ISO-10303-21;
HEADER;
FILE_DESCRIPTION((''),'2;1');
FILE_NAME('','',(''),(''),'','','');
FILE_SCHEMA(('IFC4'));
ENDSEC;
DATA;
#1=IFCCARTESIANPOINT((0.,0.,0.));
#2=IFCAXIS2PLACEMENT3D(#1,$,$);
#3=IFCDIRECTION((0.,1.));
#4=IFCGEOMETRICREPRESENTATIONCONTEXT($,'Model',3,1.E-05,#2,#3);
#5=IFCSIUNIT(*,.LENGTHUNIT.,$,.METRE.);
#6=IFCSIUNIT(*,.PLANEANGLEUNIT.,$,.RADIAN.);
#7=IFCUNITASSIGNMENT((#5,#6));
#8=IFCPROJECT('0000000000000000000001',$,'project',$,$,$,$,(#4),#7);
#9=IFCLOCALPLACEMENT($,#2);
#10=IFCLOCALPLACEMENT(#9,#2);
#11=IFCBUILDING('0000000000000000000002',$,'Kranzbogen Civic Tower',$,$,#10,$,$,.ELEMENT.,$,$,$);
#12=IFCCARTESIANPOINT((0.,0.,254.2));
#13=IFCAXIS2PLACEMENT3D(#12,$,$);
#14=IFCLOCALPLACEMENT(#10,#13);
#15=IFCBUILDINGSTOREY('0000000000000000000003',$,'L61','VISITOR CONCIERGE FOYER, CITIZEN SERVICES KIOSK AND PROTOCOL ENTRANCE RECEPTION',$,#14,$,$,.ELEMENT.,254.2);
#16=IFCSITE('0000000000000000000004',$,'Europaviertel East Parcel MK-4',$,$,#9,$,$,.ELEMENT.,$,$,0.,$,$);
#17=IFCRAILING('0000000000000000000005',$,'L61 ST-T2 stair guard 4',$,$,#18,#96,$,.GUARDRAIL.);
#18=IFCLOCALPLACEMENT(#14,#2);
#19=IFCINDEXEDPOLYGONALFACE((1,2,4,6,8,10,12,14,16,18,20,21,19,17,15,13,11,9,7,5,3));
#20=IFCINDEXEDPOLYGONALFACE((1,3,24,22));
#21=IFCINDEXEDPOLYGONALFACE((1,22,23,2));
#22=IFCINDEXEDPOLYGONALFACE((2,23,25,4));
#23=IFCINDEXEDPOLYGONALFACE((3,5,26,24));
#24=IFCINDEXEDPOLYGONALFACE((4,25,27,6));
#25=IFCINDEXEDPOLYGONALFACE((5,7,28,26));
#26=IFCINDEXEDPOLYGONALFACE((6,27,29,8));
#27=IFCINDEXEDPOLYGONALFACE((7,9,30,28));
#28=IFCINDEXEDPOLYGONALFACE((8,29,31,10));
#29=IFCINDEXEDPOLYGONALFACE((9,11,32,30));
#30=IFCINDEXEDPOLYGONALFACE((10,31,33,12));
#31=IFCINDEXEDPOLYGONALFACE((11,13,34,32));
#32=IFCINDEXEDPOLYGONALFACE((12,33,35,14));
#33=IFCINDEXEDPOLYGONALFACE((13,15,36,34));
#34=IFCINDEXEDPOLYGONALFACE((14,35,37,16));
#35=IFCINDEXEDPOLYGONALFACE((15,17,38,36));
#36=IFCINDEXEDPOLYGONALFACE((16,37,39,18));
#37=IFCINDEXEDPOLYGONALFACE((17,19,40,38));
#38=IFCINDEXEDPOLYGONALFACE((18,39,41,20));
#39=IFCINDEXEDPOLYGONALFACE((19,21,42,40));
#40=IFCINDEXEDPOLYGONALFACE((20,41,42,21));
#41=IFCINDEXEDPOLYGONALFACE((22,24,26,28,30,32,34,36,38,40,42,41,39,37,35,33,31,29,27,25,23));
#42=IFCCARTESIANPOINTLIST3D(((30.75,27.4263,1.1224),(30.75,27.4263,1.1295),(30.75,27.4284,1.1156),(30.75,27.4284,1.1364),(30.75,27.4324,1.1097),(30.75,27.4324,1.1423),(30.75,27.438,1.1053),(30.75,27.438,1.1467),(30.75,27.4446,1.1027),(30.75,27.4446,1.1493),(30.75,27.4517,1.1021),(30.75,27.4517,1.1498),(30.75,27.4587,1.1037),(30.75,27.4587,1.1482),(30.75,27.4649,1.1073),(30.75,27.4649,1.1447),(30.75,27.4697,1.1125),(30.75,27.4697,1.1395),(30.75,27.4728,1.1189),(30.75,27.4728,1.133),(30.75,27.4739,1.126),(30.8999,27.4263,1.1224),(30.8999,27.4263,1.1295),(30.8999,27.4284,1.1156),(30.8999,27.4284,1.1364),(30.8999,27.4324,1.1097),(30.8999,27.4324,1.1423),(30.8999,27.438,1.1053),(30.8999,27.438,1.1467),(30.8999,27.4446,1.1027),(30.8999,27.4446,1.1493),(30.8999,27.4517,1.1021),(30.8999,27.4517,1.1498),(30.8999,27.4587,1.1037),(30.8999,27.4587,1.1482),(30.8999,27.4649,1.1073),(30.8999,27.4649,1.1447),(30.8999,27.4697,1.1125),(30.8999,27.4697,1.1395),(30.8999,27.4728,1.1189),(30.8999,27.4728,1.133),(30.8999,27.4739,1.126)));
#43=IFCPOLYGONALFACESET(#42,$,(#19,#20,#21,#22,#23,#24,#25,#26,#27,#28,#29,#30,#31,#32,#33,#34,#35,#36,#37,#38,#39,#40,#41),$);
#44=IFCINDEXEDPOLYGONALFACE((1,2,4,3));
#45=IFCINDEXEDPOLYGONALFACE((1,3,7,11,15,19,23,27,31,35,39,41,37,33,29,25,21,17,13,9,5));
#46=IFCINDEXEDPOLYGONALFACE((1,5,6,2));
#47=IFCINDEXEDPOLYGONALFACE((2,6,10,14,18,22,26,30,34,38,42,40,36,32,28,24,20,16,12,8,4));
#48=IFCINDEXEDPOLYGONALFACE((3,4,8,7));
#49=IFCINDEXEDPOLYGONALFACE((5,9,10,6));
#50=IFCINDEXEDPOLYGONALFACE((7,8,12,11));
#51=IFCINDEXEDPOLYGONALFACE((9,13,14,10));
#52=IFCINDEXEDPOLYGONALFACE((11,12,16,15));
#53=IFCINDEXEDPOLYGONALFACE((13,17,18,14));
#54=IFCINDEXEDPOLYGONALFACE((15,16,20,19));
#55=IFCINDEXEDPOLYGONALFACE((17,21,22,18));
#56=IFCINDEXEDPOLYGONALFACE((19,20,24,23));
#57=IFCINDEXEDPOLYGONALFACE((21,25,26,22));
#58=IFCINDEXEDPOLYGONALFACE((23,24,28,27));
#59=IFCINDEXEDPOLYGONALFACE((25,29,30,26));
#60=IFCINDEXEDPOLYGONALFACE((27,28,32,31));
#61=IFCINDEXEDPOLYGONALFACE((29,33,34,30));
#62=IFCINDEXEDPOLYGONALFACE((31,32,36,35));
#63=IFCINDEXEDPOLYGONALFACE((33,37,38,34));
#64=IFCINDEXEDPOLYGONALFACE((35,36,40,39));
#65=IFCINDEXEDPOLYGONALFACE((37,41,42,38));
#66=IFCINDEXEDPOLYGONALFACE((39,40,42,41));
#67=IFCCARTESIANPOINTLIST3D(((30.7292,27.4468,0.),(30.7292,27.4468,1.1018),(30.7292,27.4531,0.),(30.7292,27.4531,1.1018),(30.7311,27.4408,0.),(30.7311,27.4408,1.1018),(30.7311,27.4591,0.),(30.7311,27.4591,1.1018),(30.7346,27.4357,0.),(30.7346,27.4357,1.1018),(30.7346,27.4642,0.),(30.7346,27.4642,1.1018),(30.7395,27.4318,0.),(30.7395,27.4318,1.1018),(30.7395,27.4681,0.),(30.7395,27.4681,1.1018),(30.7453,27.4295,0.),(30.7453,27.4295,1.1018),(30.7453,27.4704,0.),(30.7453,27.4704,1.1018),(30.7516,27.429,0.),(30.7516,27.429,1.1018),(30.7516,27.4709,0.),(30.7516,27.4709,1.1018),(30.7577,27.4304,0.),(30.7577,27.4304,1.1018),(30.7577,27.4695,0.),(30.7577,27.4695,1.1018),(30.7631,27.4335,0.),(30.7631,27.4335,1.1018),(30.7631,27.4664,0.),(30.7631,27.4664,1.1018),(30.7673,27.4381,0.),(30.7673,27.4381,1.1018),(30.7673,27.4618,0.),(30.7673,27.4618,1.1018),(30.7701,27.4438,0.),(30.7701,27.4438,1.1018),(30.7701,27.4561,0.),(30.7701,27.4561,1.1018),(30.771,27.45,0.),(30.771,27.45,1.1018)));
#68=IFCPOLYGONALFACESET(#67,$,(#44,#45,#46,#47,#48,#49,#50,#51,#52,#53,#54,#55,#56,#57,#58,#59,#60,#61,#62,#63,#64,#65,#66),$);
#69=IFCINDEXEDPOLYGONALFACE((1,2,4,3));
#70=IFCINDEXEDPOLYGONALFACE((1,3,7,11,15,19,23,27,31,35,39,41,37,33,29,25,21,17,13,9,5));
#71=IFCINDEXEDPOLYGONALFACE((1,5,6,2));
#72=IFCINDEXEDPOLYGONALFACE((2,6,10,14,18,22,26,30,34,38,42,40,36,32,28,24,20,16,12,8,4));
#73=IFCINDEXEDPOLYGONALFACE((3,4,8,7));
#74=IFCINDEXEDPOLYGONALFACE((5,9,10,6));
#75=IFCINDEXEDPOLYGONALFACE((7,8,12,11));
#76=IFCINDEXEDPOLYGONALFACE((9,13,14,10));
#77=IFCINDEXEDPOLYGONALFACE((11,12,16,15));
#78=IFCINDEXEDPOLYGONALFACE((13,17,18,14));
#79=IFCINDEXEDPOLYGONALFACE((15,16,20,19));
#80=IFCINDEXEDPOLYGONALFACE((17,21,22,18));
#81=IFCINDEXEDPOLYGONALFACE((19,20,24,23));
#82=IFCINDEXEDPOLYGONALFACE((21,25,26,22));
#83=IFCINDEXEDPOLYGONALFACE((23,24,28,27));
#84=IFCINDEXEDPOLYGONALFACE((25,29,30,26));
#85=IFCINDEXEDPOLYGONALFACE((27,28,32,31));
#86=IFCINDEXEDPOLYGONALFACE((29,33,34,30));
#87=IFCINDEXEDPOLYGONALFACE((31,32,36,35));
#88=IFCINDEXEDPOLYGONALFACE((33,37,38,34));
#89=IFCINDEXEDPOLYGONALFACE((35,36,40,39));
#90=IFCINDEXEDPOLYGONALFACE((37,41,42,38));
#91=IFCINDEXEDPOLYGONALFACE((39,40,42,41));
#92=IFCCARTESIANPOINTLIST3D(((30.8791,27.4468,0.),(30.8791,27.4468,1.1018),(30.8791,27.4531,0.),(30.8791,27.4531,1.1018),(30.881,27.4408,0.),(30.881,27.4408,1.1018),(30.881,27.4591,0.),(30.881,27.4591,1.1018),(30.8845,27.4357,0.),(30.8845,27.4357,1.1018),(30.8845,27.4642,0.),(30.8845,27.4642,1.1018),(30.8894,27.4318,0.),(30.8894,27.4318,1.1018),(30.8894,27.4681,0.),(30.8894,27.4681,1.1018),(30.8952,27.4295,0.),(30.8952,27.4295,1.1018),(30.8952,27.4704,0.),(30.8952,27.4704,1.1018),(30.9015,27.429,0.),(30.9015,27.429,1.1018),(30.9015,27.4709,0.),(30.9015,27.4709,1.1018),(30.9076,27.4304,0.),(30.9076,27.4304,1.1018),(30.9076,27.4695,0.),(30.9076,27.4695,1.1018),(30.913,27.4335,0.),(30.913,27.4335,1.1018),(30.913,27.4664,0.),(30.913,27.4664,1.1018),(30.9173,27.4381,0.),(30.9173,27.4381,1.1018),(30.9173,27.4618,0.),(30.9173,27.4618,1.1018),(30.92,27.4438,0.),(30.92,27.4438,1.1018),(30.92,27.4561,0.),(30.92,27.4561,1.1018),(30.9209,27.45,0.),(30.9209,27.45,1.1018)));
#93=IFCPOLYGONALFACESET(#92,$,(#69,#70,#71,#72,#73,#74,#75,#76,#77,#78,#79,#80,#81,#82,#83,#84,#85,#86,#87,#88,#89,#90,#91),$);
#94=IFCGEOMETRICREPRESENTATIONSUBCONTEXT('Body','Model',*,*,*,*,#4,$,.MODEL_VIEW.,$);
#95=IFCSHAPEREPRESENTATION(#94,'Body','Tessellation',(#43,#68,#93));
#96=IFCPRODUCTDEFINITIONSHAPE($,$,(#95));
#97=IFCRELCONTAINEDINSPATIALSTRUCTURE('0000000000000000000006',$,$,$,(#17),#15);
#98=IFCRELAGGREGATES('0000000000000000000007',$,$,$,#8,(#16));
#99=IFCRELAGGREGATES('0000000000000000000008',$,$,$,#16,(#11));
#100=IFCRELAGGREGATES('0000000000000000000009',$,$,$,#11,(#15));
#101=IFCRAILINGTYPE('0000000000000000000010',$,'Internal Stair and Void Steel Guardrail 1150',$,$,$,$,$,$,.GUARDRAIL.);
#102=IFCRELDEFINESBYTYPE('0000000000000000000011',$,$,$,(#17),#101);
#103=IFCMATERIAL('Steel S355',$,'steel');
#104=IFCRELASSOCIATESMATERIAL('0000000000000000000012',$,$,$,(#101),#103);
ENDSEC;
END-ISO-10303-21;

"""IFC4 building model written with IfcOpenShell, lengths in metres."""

from ifc_helpers import new_model, si_unit, direction, frame, origin, origin_2d, place, context, subcontext, project, spatial, circle, extrude, material, type_object, element, save


model = new_model("IFC4")

# Units and contexts
model_context = context("Model", 3, precision=1e-05, world=origin(), true_north=direction((0.0, 1.0)))
body_context = subcontext(model_context, "Body", "Model", "MODEL_VIEW")
ifc_project = project(units=[si_unit("LENGTHUNIT", "METRE"), si_unit("PLANEANGLEUNIT", "RADIAN")], contexts=[model_context])

# Site, building, storey
site_placement = place(None, origin())
site = spatial("IfcSite", under=ifc_project, at=site_placement, Name="Europaviertel East Parcel MK-4", CompositionType="ELEMENT", RefElevation=0.0)
building_placement = place(site_placement, origin())
building = spatial("IfcBuilding", under=site, at=building_placement, Name="Kranzbogen Civic Tower", CompositionType="ELEMENT")
storey_placement = place(building_placement, frame((0.0, 0.0, 254.2)))
storey = spatial("IfcBuildingStorey", under=building, at=storey_placement, Name="L61", Description="VISITOR CONCIERGE FOYER, CITIZEN SERVICES KIOSK AND PROTOCOL ENTRANCE RECEPTION", CompositionType="ELEMENT", Elevation=254.2)

# Shared definitions
ifc_material_1 = material(Name="Steel S355", Category="steel")

# Railing
railing_type_1 = type_object("IfcRailingType", Name="Internal Stair and Void Steel Guardrail 1150", PredefinedType="GUARDRAIL", material=ifc_material_1)
railing_1_placement = place(storey_placement, frame((30.75, 27.45, 0.0)))
element("IfcRailing", 1, at=railing_1_placement, inside=storey, type_object=railing_type_1, Name="L61 ST-T2 stair guard 4", PredefinedType="GUARDRAIL", context=body_context, shape_type="SweptSolid", body=[
    extrude(circle(Radius=0.0239, at=origin_2d()), frame((0.0, 0.0, 1.126), z_axis=(1.0, 0.0, 0.0), x_axis=(0.0, 1.0, 0.0)), (0.0, 0.0, 1.0), 0.1499),
    extrude(circle(Radius=0.021, at=origin_2d()), origin(), (0.0, 0.0, 1.0), 1.1018),
    extrude(circle(Radius=0.021, at=origin_2d()), frame((0.1499, 0.0, 0.0)), (0.0, 0.0, 1.0), 1.1018),
])

save(model, "model.ifc")
